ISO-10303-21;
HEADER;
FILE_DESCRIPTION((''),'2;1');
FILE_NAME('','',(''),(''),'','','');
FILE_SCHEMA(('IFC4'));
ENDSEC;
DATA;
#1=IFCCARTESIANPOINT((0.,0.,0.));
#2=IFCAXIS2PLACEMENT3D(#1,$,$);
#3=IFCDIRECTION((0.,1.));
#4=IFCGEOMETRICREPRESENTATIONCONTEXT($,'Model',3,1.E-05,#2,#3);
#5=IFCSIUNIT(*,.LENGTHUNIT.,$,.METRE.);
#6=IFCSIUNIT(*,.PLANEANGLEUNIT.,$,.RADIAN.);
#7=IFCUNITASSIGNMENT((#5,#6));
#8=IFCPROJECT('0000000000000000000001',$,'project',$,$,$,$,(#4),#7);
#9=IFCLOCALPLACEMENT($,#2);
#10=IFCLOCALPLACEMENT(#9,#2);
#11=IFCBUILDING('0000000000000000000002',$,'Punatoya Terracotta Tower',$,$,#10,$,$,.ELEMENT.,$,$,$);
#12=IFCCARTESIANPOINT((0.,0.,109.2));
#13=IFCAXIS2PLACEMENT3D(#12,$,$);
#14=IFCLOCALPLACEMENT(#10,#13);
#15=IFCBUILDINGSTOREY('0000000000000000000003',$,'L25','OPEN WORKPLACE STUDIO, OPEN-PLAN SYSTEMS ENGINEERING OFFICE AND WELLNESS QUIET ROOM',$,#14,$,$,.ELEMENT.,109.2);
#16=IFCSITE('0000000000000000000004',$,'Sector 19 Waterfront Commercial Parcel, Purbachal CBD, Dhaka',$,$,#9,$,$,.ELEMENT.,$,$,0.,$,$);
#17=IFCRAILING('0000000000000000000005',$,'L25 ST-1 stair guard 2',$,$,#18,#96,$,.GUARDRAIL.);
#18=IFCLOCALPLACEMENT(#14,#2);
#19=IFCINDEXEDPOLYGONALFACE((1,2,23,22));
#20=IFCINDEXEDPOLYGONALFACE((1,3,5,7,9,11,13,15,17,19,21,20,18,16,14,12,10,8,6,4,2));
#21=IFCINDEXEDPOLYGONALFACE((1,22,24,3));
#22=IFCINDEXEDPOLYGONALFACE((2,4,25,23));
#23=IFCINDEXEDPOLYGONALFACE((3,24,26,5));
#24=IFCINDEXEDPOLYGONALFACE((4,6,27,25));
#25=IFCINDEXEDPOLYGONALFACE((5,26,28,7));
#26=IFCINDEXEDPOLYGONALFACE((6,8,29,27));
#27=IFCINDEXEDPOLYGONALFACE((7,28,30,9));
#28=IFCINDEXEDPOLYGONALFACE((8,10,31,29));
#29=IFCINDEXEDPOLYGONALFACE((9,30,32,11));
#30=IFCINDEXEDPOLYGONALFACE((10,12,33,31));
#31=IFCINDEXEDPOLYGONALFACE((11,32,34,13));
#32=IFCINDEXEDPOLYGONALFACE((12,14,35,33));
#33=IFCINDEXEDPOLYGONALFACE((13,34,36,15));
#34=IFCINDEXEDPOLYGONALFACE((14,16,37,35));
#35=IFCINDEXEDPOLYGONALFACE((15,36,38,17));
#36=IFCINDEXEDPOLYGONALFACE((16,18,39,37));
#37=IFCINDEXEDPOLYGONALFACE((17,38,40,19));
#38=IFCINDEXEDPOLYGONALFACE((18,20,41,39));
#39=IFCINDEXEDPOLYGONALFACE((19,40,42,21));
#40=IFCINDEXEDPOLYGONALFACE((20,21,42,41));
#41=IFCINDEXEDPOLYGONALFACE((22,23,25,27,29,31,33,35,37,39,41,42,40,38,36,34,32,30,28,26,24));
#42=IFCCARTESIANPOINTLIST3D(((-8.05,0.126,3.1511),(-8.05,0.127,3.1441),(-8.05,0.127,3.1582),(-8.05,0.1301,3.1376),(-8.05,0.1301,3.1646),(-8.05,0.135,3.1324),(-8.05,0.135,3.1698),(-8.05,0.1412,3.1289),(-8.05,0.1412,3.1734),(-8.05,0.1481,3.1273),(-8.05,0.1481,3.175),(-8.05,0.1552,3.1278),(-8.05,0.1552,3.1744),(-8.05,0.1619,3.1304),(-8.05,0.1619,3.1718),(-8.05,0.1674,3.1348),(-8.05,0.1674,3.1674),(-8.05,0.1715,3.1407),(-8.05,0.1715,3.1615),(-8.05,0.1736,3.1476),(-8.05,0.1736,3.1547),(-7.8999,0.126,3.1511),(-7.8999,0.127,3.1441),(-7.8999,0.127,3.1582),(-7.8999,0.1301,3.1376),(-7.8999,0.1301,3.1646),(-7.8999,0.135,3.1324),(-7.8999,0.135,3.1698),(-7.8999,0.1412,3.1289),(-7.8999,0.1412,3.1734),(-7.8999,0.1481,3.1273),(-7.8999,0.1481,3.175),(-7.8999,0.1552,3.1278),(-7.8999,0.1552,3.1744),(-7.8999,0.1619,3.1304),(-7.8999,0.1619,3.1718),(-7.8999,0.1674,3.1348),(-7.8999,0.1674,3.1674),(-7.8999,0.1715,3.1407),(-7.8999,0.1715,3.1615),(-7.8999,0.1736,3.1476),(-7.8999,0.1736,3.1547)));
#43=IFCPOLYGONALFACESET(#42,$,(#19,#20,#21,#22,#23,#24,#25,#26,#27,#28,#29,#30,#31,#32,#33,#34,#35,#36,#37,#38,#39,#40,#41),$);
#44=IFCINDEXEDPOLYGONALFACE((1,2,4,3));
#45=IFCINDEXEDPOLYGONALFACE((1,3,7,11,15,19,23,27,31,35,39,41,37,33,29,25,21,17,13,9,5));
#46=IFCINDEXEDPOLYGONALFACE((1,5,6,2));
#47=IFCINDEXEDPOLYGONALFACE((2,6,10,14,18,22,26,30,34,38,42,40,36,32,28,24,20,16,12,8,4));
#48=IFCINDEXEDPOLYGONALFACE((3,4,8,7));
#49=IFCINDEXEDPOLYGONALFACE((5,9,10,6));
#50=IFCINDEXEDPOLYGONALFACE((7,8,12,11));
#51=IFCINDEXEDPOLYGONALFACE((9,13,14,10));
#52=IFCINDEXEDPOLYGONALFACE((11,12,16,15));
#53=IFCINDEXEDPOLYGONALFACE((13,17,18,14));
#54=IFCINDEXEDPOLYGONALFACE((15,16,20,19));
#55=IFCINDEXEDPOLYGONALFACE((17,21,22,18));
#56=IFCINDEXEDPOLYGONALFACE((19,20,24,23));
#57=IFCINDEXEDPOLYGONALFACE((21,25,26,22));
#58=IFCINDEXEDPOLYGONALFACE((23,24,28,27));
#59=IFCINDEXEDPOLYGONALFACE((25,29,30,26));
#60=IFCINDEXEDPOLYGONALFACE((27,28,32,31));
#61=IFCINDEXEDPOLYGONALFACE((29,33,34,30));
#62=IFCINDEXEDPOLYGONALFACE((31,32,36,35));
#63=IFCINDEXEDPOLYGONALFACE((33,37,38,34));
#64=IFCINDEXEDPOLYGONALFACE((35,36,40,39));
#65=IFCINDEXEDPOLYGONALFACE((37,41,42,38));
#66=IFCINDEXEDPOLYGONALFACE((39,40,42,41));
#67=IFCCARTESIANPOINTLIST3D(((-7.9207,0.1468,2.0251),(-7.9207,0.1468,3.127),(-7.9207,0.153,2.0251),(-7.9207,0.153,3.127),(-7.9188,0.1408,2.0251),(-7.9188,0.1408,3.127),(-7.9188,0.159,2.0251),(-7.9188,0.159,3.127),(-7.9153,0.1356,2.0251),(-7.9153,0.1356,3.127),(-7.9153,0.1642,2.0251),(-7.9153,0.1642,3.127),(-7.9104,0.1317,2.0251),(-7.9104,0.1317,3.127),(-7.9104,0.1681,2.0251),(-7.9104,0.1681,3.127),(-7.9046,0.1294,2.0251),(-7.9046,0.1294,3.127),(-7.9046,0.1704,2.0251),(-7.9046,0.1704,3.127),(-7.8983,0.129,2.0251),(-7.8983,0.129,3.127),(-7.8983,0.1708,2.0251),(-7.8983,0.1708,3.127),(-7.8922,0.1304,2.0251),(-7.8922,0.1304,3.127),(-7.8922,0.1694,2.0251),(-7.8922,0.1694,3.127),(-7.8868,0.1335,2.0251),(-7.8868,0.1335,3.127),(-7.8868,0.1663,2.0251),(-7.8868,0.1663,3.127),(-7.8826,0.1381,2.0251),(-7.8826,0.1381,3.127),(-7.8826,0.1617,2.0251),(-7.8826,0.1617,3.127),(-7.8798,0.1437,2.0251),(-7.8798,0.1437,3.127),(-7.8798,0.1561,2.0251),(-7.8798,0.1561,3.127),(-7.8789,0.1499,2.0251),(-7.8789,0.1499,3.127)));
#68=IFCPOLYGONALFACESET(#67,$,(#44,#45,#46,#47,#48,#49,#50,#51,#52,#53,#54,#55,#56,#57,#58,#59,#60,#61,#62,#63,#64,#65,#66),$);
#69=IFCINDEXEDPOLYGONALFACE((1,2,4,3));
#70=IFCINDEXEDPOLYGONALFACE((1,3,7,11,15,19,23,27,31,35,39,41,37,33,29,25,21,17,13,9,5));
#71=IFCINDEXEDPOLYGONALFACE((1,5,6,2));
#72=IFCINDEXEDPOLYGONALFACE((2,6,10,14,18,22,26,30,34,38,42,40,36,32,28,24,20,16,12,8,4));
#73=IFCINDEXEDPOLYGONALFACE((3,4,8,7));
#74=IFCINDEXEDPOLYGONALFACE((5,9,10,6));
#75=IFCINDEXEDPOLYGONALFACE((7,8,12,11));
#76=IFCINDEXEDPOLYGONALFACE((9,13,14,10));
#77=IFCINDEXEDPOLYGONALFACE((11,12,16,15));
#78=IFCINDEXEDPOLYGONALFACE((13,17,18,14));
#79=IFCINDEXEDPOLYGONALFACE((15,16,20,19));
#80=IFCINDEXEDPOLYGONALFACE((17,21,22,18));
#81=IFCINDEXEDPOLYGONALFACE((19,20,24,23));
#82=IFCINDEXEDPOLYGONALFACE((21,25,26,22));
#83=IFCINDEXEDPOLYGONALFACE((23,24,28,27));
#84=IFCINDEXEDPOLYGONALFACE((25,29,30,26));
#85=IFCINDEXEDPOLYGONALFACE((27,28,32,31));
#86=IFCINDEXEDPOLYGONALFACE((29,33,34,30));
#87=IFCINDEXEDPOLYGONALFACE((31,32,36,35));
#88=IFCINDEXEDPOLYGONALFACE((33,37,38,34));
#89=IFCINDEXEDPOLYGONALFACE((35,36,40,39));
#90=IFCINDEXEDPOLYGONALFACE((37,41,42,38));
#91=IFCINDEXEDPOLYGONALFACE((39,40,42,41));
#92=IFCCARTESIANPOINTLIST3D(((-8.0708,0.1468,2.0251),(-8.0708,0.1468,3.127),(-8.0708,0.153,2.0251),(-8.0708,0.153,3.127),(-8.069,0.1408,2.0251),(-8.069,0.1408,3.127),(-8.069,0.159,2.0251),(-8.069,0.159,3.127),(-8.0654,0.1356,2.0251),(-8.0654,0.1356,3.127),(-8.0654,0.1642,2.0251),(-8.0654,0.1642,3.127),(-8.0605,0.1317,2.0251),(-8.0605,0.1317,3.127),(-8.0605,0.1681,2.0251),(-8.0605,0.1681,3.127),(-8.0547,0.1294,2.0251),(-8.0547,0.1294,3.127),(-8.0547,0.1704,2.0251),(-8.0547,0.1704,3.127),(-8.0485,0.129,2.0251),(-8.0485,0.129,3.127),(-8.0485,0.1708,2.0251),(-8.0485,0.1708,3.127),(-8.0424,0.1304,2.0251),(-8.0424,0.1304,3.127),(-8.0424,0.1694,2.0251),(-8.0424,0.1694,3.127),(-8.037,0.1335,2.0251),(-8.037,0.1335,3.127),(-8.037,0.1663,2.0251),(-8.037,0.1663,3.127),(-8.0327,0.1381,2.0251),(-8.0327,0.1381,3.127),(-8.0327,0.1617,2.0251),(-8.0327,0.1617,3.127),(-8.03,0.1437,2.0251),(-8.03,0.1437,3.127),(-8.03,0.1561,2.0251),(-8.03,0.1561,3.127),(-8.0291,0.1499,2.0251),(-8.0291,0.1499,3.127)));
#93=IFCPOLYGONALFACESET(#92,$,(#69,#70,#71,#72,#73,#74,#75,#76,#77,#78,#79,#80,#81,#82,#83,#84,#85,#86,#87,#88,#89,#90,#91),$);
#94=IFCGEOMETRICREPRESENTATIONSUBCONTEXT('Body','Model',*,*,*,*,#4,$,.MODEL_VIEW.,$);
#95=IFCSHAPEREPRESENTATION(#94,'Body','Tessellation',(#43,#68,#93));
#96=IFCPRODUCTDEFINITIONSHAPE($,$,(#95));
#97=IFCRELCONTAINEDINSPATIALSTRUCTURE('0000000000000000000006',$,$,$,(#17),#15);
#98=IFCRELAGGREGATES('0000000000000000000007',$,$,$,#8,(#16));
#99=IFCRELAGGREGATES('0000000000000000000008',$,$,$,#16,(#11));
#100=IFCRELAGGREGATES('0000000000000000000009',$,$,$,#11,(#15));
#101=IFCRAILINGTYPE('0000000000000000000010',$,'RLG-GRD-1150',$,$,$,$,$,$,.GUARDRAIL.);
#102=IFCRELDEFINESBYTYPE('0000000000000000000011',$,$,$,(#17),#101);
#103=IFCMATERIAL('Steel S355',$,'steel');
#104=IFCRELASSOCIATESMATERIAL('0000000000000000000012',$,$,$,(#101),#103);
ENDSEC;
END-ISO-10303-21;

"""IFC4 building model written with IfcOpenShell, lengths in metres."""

from ifc_helpers import new_model, si_unit, direction, frame, origin, origin_2d, place, context, subcontext, project, spatial, circle, extrude, material, type_object, element, save


model = new_model("IFC4")

# Units and contexts
model_context = context("Model", 3, precision=1e-05, world=origin(), true_north=direction((0.0, 1.0)))
body_context = subcontext(model_context, "Body", "Model", "MODEL_VIEW")
ifc_project = project(units=[si_unit("LENGTHUNIT", "METRE"), si_unit("PLANEANGLEUNIT", "RADIAN")], contexts=[model_context])

# Site, building, storey
site_placement = place(None, origin())
site = spatial("IfcSite", under=ifc_project, at=site_placement, Name="Sector 19 Waterfront Commercial Parcel, Purbachal CBD, Dhaka", CompositionType="ELEMENT", RefElevation=0.0)
building_placement = place(site_placement, origin())
building = spatial("IfcBuilding", under=site, at=building_placement, Name="Punatoya Terracotta Tower", CompositionType="ELEMENT")
storey_placement = place(building_placement, frame((0.0, 0.0, 109.2)))
storey = spatial("IfcBuildingStorey", under=building, at=storey_placement, Name="L25", Description="OPEN WORKPLACE STUDIO, OPEN-PLAN SYSTEMS ENGINEERING OFFICE AND WELLNESS QUIET ROOM", CompositionType="ELEMENT", Elevation=109.2)

# Shared definitions
ifc_material_1 = material(Name="Steel S355", Category="steel")

# Railing
railing_type_1 = type_object("IfcRailingType", Name="RLG-GRD-1150", PredefinedType="GUARDRAIL", material=ifc_material_1)
railing_1_placement = place(storey_placement, frame((-7.8999, 0.1499, 2.0251)))
element("IfcRailing", 1, at=railing_1_placement, inside=storey, type_object=railing_type_1, Name="L25 ST-1 stair guard 2", PredefinedType="GUARDRAIL", context=body_context, shape_type="SweptSolid", body=[
    extrude(circle(Radius=0.0239, at=origin_2d()), frame((0.0, 0.0, 1.126), z_axis=(-1.0, 0.0, 0.0), x_axis=(0.0, -1.0, 0.0)), (0.0, 0.0, 1.0), 0.1501),
    extrude(circle(Radius=0.021, at=origin_2d()), origin(), (0.0, 0.0, 1.0), 1.1018),
    extrude(circle(Radius=0.021, at=origin_2d()), frame((-0.1501, 0.0, 0.0)), (0.0, 0.0, 1.0), 1.1018),
])

save(model, "model.ifc")
